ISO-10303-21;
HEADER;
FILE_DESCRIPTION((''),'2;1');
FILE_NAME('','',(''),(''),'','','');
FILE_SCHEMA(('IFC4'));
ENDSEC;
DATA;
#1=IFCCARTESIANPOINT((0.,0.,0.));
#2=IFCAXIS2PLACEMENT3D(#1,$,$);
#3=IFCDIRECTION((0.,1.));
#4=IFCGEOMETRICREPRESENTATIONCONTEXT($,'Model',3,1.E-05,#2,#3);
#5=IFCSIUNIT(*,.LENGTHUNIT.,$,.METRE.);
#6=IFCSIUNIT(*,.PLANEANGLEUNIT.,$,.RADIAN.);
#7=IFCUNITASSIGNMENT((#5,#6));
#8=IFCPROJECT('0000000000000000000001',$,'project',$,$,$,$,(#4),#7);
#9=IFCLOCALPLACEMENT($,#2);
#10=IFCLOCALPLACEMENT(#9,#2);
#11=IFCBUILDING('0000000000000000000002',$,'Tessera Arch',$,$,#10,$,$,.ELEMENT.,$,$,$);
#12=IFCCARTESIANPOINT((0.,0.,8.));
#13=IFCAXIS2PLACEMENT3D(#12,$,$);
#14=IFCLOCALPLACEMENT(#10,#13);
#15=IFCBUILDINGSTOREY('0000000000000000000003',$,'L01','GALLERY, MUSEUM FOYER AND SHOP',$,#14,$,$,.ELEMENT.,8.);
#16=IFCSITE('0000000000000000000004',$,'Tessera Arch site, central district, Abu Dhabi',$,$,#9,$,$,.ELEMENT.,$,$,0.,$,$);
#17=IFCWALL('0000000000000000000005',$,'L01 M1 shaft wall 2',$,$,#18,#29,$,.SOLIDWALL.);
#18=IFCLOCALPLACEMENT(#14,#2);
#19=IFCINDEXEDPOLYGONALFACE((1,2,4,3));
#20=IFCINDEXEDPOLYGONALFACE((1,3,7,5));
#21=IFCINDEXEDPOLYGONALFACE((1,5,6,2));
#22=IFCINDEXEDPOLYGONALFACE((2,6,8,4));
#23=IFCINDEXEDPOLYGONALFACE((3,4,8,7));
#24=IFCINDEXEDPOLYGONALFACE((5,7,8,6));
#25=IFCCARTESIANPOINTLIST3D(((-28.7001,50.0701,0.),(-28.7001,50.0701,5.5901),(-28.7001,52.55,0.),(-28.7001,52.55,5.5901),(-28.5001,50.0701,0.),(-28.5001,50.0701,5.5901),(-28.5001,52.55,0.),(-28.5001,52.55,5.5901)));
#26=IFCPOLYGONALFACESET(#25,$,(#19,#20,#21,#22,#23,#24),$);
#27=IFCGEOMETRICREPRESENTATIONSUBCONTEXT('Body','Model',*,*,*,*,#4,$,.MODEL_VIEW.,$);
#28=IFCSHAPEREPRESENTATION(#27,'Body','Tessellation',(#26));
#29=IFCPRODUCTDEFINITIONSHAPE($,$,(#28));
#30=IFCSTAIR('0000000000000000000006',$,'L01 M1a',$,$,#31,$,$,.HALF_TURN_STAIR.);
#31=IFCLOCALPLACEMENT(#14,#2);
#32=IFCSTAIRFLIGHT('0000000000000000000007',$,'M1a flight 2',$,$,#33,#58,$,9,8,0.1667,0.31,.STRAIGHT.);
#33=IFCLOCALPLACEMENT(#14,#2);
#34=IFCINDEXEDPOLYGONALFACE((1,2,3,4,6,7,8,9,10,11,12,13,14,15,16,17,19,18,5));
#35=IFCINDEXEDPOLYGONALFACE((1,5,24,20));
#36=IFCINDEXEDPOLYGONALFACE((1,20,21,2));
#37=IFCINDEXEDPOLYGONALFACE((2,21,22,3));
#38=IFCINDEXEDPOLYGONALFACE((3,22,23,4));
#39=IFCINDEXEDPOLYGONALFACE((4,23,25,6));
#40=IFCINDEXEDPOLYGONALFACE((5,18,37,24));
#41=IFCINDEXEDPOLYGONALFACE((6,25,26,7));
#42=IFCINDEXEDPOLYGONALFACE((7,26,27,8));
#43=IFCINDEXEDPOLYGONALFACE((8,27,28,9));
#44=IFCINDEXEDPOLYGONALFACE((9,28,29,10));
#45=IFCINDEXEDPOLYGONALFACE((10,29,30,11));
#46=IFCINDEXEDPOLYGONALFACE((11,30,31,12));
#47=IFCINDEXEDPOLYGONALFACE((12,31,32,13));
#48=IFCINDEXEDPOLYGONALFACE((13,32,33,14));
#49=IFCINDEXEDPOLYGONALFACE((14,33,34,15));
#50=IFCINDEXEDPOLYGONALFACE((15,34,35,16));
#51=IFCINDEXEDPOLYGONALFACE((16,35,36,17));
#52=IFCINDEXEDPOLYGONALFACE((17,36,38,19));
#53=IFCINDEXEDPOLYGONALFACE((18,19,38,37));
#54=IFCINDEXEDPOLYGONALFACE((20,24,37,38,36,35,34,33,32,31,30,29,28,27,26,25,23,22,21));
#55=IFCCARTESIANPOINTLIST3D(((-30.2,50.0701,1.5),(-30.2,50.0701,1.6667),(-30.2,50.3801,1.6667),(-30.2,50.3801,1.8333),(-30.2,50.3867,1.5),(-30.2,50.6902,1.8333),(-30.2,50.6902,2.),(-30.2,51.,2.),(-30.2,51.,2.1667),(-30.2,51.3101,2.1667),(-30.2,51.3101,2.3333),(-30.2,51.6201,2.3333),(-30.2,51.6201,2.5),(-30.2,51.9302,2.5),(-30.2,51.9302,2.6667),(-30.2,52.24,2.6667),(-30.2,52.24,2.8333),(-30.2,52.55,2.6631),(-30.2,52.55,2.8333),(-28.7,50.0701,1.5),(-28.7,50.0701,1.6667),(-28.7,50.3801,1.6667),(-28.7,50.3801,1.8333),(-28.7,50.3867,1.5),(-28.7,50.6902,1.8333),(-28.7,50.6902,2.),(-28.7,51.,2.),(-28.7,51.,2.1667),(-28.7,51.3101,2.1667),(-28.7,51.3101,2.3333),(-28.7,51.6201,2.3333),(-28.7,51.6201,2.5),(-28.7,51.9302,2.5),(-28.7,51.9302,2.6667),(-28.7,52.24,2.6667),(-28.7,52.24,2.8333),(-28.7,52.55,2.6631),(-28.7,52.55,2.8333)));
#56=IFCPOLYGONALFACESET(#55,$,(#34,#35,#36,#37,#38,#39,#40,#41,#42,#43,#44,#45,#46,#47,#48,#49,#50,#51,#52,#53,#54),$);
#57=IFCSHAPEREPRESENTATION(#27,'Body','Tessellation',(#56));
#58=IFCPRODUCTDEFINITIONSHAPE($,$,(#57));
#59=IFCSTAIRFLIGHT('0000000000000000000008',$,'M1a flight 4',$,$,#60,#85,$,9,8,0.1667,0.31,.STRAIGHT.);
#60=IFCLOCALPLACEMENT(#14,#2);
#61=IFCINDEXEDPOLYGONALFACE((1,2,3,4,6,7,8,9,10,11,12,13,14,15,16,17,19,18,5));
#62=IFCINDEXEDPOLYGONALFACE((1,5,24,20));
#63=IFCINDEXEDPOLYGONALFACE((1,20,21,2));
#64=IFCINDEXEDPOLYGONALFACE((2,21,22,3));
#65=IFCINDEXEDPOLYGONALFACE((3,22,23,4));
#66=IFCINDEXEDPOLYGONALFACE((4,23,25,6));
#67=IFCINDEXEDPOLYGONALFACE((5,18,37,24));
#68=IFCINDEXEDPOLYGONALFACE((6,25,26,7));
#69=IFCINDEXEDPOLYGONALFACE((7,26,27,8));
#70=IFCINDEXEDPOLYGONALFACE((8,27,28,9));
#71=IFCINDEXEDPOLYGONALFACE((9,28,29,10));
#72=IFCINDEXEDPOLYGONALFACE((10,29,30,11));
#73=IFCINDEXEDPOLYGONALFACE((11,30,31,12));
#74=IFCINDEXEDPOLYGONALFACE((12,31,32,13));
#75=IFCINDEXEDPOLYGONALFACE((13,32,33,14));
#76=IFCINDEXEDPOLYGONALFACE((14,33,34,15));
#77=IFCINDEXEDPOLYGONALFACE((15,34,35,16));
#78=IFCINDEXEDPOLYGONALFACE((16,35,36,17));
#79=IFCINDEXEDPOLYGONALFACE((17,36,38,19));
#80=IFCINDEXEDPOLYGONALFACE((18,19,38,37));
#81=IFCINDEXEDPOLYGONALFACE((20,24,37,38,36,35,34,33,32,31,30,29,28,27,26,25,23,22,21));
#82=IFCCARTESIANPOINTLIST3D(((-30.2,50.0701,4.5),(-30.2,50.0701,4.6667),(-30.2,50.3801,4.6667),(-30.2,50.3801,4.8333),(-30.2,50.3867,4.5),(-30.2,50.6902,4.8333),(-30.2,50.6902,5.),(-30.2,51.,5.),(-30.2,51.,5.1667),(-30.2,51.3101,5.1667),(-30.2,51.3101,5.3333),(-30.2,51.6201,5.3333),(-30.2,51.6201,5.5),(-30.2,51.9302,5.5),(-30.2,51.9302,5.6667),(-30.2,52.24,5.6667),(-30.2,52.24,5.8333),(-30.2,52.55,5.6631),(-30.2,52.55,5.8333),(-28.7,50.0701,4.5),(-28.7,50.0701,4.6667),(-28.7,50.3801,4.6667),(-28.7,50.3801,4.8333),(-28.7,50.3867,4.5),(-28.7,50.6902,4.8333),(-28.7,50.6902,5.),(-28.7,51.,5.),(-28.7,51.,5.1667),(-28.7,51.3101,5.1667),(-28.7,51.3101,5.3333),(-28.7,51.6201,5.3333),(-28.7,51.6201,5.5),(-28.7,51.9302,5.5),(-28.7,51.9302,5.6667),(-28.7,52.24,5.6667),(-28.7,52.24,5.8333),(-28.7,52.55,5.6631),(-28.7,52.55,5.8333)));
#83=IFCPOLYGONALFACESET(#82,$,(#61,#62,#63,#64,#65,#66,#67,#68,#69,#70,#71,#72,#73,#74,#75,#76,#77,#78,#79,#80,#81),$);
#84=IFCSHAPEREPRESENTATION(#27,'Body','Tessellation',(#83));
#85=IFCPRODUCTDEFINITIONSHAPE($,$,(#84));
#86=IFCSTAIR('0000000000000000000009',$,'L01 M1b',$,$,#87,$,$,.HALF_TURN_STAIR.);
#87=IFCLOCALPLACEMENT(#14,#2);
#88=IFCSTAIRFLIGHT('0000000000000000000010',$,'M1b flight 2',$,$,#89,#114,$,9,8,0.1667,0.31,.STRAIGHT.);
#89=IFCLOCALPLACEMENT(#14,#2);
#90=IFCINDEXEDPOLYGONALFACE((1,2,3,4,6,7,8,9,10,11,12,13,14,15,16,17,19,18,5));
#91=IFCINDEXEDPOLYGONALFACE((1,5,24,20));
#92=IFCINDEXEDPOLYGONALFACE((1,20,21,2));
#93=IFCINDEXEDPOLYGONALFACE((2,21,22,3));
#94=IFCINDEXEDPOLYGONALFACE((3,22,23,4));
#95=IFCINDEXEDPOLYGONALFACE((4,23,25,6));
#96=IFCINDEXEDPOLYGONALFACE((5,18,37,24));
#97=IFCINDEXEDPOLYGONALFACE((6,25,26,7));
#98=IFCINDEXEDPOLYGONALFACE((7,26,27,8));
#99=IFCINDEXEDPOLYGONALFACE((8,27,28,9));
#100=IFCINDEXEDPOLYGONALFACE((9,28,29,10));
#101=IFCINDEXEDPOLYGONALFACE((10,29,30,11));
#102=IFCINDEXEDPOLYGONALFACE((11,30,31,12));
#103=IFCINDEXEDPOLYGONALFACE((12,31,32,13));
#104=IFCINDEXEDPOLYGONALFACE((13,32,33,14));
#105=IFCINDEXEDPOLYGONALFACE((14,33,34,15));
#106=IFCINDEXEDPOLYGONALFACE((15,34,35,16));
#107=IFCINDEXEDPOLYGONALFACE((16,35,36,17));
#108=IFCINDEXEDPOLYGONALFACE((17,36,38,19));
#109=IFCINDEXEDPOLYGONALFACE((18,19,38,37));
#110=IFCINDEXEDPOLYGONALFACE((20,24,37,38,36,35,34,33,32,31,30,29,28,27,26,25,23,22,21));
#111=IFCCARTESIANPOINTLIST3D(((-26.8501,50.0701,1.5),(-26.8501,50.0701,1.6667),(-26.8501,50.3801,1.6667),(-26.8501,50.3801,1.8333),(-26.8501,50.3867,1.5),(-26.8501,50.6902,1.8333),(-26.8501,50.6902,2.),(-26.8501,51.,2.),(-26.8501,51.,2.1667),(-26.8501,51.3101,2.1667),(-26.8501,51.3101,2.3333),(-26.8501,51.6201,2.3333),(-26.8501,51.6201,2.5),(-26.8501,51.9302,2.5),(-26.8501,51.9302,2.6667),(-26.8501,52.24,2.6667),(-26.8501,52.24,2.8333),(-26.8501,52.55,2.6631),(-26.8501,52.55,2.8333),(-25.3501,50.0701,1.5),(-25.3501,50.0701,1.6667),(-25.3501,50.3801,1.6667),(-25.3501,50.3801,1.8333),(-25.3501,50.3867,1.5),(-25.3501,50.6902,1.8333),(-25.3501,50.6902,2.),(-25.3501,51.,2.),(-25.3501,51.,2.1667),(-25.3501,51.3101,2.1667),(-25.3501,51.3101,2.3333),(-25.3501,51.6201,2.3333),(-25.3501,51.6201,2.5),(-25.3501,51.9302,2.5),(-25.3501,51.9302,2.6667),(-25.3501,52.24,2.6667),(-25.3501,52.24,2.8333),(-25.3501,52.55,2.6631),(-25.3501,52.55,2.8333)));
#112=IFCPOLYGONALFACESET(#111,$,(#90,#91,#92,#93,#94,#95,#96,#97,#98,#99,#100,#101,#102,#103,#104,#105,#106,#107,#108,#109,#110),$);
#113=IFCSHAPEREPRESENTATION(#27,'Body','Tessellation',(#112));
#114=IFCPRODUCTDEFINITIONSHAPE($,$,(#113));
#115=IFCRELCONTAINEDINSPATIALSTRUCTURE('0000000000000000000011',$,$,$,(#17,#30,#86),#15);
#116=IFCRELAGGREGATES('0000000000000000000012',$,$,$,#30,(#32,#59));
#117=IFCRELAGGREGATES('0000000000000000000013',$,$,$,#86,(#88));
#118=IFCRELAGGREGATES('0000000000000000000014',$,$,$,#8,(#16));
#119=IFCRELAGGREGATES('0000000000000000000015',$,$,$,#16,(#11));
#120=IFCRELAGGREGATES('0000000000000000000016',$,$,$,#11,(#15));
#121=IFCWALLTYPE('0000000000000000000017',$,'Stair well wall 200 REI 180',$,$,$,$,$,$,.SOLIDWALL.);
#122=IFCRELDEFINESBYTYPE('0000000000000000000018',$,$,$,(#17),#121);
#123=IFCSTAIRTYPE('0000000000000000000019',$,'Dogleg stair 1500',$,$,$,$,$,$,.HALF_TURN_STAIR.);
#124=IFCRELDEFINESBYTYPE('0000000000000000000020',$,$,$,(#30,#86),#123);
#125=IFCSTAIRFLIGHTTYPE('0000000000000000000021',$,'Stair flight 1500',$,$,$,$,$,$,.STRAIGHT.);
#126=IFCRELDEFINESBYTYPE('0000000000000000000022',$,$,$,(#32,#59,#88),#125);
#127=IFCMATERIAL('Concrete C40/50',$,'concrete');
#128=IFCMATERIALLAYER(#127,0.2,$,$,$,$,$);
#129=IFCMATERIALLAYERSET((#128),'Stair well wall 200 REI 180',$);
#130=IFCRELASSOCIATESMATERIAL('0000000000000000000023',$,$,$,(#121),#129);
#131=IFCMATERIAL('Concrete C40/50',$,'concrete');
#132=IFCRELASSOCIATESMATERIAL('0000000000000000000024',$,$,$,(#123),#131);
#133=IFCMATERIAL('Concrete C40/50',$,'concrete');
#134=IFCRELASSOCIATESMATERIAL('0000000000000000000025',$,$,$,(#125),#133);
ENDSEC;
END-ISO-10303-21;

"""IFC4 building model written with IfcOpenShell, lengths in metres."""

from ifc_helpers import new_model, si_unit, direction, frame, frame_2d, origin, place, context, subcontext, project, spatial, polyline, rectangle, outline, extrude, material, layer, layer_set, type_object, element, aggregate, save


model = new_model("IFC4")

# Units and contexts
model_context = context("Model", 3, precision=1e-05, world=origin(), true_north=direction((0.0, 1.0)))
body_context = subcontext(model_context, "Body", "Model", "MODEL_VIEW")
ifc_project = project(units=[si_unit("LENGTHUNIT", "METRE"), si_unit("PLANEANGLEUNIT", "RADIAN")], contexts=[model_context])

# Site, building, storey
site_placement = place(None, origin())
site = spatial("IfcSite", under=ifc_project, at=site_placement, Name="Tessera Arch site, central district, Abu Dhabi", CompositionType="ELEMENT", RefElevation=0.0)
building_placement = place(site_placement, origin())
building = spatial("IfcBuilding", under=site, at=building_placement, Name="Tessera Arch", CompositionType="ELEMENT")
storey_placement = place(building_placement, frame((0.0, 0.0, 8.0)))
storey = spatial("IfcBuildingStorey", under=building, at=storey_placement, Name="L01", Description="GALLERY, MUSEUM FOYER AND SHOP", CompositionType="ELEMENT", Elevation=8.0)

# Wall
ifc_material_1 = material(Name="Concrete C40/50", Category="concrete")
ifc_layer_1 = layer(ifc_material_1, 0.2)
ifc_layer_set_1 = layer_set([ifc_layer_1], Name="Stair well wall 200 REI 180")
wall_type_1 = type_object("IfcWallType", Name="Stair well wall 200 REI 180", PredefinedType="SOLIDWALL", material=ifc_layer_set_1)
wall_1_placement = place(storey_placement, frame((-28.6001, 50.0701, 0.0), z_axis=(0.0, 0.0, 1.0), x_axis=(0.0, 1.0, 0.0)))
element("IfcWall", 1, at=wall_1_placement, inside=storey, type_object=wall_type_1, Name="L01 M1 shaft wall 2", PredefinedType="SOLIDWALL", context=body_context, shape_type="SweptSolid", body=[
    extrude(rectangle(XDim=2.48, YDim=0.2, at=frame_2d((1.24, 0.0))), origin(), (0.0, 0.0, 1.0), 5.5901),
])

# Stair, stair flights
ifc_material_2 = material(Name="Concrete C40/50", Category="concrete")
stair_type = type_object("IfcStairType", Name="Dogleg stair 1500", PredefinedType="HALF_TURN_STAIR", material=ifc_material_2)
stair_1_placement = place(storey_placement, origin())
stair_1 = element("IfcStair", 2, at=stair_1_placement, inside=storey, type_object=stair_type, Name="L01 M1a", PredefinedType="HALF_TURN_STAIR")
ifc_material_3 = material(Name="Concrete C40/50", Category="concrete")
stair_flight_type = type_object("IfcStairFlightType", Name="Stair flight 1500", PredefinedType="STRAIGHT", material=ifc_material_3)
stair_flight_1_placement = place(storey_placement, frame((-29.45, 50.0701, 1.5), z_axis=(0.0, 0.0, 1.0), x_axis=(0.0, 1.0, 0.0)))
stair_flight_1 = element("IfcStairFlight", 3, at=stair_flight_1_placement, type_object=stair_flight_type, Name="M1a flight 2", NumberOfRisers=9, NumberOfTreads=8, PredefinedType="STRAIGHT", RiserHeight=0.1667, TreadLength=0.31, context=body_context, shape_type="SweptSolid", body=[
    extrude(outline(polyline([(0.0, 0.0), (0.0, 0.1667), (0.3101, 0.1667), (0.3101, 0.3333), (0.6201, 0.3333), (0.6201, 0.5), (0.9299, 0.5), (0.9299, 0.6667), (1.24, 0.6667), (1.24, 0.8333), (1.55, 0.8333), (1.55, 1.0), (1.8601, 1.0), (1.8601, 1.1667), (2.1699, 1.1667), (2.1699, 1.3333), (2.48, 1.3333), (2.48, 1.5), (2.48, 1.1631), (0.3167, 0.0), (0.0, 0.0)])), frame((0.0, 0.75, 0.0), z_axis=(0.0, -1.0, 0.0), x_axis=(1.0, 0.0, 0.0)), (0.0, 0.0, 1.0), 1.5),
])
stair_flight_2_placement = place(storey_placement, frame((-29.45, 50.0701, 4.5), z_axis=(0.0, 0.0, 1.0), x_axis=(0.0, 1.0, 0.0)))
stair_flight_2 = element("IfcStairFlight", 4, at=stair_flight_2_placement, type_object=stair_flight_type, Name="M1a flight 4", NumberOfRisers=9, NumberOfTreads=8, PredefinedType="STRAIGHT", RiserHeight=0.1667, TreadLength=0.31, context=body_context, shape_type="SweptSolid", body=[
    extrude(outline(polyline([(0.0, 0.0), (0.0, 0.1667), (0.3101, 0.1667), (0.3101, 0.3333), (0.6201, 0.3333), (0.6201, 0.5), (0.9299, 0.5), (0.9299, 0.6667), (1.24, 0.6667), (1.24, 0.8333), (1.55, 0.8333), (1.55, 1.0), (1.8601, 1.0), (1.8601, 1.1667), (2.1699, 1.1667), (2.1699, 1.3333), (2.48, 1.3333), (2.48, 1.5), (2.48, 1.1631), (0.3167, 0.0), (0.0, 0.0)])), frame((0.0, 0.75, 0.0), z_axis=(0.0, -1.0, 0.0), x_axis=(1.0, 0.0, 0.0)), (0.0, 0.0, 1.0), 1.5),
])
aggregate(stair_1, [stair_flight_1, stair_flight_2])

# Stair, stair flight
stair_2_placement = place(storey_placement, origin())
stair_2 = element("IfcStair", 5, at=stair_2_placement, inside=storey, type_object=stair_type, Name="L01 M1b", PredefinedType="HALF_TURN_STAIR")
stair_flight_3_placement = place(storey_placement, frame((-26.1001, 50.0701, 1.5), z_axis=(0.0, 0.0, 1.0), x_axis=(0.0, 1.0, 0.0)))
stair_flight_3 = element("IfcStairFlight", 6, at=stair_flight_3_placement, type_object=stair_flight_type, Name="M1b flight 2", NumberOfRisers=9, NumberOfTreads=8, PredefinedType="STRAIGHT", RiserHeight=0.1667, TreadLength=0.31, context=body_context, shape_type="SweptSolid", body=[
    extrude(outline(polyline([(0.0, 0.0), (0.0, 0.1667), (0.3101, 0.1667), (0.3101, 0.3333), (0.6201, 0.3333), (0.6201, 0.5), (0.9299, 0.5), (0.9299, 0.6667), (1.24, 0.6667), (1.24, 0.8333), (1.55, 0.8333), (1.55, 1.0), (1.8601, 1.0), (1.8601, 1.1667), (2.1699, 1.1667), (2.1699, 1.3333), (2.48, 1.3333), (2.48, 1.5), (2.48, 1.1631), (0.3167, 0.0), (0.0, 0.0)])), frame((0.0, 0.75, 0.0), z_axis=(0.0, -1.0, 0.0), x_axis=(1.0, 0.0, 0.0)), (0.0, 0.0, 1.0), 1.5),
])
aggregate(stair_2, [stair_flight_3])

save(model, "model.ifc")
